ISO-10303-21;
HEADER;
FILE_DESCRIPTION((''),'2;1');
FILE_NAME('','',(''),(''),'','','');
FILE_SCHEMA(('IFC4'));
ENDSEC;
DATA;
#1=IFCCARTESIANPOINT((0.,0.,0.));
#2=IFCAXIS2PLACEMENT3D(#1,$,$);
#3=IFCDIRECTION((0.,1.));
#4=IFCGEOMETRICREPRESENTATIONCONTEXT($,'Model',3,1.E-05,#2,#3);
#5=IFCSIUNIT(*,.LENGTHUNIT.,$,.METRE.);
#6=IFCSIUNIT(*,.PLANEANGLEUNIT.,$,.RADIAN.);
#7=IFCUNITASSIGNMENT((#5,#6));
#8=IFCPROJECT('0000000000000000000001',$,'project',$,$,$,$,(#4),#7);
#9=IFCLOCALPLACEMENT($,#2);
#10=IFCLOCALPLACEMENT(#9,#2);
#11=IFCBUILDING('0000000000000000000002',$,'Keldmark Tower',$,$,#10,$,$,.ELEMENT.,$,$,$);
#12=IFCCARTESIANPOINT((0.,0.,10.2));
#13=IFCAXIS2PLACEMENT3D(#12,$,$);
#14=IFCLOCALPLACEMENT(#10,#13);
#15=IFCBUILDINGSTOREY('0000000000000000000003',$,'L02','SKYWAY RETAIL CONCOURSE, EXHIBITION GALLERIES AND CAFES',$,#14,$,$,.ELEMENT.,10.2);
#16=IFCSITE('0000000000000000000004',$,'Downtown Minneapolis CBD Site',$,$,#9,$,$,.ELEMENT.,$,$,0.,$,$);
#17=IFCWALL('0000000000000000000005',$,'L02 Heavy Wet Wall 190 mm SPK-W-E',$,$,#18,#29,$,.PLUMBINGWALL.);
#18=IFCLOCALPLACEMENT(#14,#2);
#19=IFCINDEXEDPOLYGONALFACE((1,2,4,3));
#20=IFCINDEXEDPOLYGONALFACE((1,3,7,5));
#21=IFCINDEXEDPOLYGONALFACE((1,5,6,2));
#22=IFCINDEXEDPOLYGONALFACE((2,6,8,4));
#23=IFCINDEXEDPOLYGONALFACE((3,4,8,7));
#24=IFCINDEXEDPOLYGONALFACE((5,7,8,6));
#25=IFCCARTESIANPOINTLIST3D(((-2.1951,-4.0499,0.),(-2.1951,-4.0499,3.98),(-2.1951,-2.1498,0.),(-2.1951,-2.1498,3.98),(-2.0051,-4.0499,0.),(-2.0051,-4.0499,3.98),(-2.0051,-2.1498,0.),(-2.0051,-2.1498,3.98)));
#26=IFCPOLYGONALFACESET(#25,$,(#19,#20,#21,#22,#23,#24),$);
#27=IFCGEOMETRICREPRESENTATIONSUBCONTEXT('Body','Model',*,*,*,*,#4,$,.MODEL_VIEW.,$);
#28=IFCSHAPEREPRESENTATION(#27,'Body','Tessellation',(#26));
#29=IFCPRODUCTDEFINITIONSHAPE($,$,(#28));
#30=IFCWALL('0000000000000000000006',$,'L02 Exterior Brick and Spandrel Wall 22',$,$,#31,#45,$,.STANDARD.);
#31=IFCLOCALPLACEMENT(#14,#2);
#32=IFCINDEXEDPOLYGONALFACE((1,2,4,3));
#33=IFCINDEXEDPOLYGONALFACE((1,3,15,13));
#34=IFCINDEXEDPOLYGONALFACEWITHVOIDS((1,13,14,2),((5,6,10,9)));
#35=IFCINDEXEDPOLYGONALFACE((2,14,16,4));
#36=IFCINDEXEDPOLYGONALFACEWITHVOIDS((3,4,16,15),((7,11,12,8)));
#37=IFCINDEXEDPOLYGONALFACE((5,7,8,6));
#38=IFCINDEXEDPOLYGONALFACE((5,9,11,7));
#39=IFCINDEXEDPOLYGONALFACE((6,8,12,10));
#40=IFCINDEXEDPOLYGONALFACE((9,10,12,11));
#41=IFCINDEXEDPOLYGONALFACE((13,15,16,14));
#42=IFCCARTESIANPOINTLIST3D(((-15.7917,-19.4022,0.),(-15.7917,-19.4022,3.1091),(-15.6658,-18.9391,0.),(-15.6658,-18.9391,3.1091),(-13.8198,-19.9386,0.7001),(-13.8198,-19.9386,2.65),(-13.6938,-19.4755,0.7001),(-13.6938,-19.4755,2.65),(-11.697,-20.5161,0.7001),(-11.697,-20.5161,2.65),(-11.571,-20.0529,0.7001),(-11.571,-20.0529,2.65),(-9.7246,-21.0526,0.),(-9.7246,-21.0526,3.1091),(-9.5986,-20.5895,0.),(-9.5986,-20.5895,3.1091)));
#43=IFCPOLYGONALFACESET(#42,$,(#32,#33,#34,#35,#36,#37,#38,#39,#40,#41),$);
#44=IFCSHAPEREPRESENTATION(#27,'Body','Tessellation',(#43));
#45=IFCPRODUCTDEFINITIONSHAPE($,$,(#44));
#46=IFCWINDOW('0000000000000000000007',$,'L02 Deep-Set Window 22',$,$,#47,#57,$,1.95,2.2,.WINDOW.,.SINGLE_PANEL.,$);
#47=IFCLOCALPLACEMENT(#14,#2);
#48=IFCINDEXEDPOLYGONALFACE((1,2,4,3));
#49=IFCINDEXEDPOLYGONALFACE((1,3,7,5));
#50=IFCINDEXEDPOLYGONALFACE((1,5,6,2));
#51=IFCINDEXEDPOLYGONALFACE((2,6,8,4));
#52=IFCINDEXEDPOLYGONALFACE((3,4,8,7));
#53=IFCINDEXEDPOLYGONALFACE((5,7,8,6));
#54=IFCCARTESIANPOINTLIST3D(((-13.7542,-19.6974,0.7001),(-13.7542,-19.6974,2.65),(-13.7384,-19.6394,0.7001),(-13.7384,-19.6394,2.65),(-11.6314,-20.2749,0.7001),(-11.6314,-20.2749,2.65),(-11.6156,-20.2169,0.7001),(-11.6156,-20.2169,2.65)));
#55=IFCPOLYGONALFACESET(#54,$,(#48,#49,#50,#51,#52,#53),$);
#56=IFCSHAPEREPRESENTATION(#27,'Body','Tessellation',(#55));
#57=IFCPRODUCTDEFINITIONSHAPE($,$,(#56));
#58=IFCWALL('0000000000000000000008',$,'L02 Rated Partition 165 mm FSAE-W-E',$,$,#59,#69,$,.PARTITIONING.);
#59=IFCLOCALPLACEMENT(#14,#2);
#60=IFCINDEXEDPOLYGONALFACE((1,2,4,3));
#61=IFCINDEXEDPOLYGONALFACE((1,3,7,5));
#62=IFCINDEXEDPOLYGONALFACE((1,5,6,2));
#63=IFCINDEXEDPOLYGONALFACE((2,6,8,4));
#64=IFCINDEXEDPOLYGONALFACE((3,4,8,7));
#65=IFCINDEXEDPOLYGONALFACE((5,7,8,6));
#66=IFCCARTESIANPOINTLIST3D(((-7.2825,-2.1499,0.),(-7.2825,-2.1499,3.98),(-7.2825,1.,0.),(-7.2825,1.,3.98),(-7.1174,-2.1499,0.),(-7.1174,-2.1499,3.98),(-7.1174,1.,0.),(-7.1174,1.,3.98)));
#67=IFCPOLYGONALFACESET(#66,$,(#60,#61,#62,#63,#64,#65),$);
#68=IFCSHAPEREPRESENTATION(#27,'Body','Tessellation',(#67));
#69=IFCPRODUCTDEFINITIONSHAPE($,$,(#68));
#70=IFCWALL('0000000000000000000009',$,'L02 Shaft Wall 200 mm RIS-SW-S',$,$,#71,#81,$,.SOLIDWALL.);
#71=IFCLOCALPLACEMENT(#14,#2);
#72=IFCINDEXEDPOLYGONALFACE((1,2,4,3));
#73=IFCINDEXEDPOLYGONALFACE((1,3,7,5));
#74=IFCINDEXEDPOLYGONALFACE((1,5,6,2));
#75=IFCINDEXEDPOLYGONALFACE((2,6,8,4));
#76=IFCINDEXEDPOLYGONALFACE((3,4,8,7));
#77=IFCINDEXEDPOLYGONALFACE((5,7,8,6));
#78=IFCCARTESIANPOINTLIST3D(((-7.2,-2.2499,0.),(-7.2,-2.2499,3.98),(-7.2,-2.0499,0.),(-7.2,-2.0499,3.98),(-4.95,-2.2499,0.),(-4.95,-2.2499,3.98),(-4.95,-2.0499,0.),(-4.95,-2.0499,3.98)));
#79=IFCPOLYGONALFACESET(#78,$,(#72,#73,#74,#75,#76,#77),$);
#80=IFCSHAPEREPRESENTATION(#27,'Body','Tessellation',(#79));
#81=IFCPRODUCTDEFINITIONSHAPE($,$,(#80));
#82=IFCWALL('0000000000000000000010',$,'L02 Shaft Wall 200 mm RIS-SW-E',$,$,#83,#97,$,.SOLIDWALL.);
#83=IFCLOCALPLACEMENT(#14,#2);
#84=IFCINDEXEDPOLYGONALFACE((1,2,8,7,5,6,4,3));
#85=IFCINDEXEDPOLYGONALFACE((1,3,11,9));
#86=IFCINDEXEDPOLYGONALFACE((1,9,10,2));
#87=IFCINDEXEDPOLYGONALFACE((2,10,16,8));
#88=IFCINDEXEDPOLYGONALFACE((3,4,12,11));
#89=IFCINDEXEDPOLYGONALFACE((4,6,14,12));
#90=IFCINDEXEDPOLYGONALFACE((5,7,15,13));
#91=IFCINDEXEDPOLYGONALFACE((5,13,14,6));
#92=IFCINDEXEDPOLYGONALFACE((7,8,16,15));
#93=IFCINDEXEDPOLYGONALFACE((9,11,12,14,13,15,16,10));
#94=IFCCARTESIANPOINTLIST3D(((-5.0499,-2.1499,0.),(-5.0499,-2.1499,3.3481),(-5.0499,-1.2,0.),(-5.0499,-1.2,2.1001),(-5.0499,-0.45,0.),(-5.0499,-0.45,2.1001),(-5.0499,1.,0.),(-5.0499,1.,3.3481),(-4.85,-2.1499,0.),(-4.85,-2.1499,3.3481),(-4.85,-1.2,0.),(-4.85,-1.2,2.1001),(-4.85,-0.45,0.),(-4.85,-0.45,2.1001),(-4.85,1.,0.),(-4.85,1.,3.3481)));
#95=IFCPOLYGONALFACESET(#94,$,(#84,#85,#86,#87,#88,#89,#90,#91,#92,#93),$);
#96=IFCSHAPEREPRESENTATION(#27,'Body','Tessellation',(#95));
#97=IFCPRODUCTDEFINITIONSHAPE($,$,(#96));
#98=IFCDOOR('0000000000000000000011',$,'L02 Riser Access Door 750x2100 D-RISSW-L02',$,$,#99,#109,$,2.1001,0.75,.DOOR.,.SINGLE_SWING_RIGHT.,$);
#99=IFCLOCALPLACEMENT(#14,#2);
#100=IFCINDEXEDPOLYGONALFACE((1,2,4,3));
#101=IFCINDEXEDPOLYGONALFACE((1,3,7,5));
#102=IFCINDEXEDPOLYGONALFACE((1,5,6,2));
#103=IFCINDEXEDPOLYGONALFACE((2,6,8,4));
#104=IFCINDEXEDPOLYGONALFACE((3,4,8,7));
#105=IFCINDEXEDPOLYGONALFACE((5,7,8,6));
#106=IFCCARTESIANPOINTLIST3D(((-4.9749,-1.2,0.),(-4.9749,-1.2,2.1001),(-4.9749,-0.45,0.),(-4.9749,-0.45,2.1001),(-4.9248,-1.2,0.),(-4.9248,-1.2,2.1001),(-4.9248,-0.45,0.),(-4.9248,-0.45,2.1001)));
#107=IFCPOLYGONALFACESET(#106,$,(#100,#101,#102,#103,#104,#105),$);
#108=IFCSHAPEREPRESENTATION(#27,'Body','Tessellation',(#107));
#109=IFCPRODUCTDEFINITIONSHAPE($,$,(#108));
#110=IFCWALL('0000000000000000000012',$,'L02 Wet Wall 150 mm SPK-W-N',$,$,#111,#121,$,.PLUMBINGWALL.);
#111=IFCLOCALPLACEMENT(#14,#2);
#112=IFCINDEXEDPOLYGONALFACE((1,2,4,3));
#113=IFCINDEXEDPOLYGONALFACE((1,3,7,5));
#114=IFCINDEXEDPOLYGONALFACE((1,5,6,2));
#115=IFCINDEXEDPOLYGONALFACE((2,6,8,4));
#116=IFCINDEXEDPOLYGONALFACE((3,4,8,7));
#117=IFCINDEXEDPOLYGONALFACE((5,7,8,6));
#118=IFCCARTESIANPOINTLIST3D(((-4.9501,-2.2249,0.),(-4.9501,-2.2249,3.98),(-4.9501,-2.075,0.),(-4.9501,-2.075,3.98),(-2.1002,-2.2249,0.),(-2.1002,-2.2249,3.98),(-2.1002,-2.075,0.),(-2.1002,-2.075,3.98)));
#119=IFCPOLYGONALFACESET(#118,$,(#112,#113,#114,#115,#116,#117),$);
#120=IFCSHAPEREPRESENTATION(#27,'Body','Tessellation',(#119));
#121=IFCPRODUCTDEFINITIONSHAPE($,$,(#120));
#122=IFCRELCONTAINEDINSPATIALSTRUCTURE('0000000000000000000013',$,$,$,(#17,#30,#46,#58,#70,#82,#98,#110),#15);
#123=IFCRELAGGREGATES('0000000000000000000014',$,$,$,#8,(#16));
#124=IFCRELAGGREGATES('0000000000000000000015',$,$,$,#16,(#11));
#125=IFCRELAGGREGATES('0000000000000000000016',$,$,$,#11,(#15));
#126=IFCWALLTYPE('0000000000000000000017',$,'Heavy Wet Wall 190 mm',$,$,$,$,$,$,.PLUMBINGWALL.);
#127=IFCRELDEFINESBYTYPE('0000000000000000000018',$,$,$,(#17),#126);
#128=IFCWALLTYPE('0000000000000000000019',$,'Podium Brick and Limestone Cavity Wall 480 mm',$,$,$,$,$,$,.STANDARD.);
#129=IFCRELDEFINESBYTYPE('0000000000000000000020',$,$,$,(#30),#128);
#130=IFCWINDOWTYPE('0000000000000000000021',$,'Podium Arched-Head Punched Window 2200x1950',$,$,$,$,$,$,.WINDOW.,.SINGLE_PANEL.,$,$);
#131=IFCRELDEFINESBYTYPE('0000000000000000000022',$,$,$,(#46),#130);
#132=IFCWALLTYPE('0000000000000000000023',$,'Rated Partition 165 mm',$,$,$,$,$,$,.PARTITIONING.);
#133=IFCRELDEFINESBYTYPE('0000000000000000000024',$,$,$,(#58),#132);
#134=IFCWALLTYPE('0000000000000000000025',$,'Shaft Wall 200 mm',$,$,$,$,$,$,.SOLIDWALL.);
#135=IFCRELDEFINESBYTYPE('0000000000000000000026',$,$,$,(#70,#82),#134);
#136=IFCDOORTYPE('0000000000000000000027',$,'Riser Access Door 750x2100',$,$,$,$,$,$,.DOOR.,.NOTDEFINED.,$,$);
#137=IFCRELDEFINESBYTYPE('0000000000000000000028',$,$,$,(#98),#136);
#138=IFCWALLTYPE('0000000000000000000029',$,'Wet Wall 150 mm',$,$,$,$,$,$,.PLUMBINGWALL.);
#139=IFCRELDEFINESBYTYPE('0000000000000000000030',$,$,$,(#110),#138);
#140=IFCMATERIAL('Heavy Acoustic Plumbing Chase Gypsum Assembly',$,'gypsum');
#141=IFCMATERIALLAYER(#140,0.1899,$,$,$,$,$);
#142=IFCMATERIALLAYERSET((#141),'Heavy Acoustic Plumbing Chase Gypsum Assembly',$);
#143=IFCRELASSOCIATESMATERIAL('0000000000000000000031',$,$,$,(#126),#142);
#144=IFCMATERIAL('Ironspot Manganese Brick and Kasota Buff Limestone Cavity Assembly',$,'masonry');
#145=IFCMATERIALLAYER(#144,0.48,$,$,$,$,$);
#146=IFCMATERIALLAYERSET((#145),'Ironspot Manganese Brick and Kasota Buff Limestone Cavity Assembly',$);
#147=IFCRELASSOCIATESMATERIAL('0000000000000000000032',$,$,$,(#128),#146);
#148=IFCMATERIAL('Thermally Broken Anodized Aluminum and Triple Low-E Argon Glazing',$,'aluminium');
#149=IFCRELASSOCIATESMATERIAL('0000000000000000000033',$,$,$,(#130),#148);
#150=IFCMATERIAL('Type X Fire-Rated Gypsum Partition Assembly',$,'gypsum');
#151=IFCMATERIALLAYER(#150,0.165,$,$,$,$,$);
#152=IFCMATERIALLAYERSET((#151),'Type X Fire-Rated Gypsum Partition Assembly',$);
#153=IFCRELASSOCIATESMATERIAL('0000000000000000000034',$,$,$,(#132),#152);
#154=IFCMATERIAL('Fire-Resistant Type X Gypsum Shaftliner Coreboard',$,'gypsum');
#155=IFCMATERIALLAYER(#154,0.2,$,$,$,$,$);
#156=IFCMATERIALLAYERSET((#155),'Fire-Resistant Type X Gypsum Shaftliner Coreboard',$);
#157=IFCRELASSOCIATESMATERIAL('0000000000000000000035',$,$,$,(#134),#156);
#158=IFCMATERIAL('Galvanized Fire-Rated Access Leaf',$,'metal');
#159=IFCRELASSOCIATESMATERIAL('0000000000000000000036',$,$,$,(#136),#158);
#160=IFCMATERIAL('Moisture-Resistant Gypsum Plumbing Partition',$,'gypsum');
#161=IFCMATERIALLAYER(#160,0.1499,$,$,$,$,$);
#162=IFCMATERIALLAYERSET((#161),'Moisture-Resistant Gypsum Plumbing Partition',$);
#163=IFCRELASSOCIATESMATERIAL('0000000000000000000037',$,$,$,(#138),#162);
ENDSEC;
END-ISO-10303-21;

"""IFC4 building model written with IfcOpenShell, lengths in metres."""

from ifc_helpers import new_model, si_unit, direction, frame, frame_2d, origin, place, context, subcontext, project, spatial, rectangle, extrude, material, layer, layer_set, type_object, element, fill, save


model = new_model("IFC4")

# Units and contexts
model_context = context("Model", 3, precision=1e-05, world=origin(), true_north=direction((0.0, 1.0)))
body_context = subcontext(model_context, "Body", "Model", "MODEL_VIEW")
ifc_project = project(units=[si_unit("LENGTHUNIT", "METRE"), si_unit("PLANEANGLEUNIT", "RADIAN")], contexts=[model_context])

# Site, building, storey
site_placement = place(None, origin())
site = spatial("IfcSite", under=ifc_project, at=site_placement, Name="Downtown Minneapolis CBD Site", CompositionType="ELEMENT", RefElevation=0.0)
building_placement = place(site_placement, origin())
building = spatial("IfcBuilding", under=site, at=building_placement, Name="Keldmark Tower", CompositionType="ELEMENT")
storey_placement = place(building_placement, frame((0.0, 0.0, 10.2)))
storey = spatial("IfcBuildingStorey", under=building, at=storey_placement, Name="L02", Description="SKYWAY RETAIL CONCOURSE, EXHIBITION GALLERIES AND CAFES", CompositionType="ELEMENT", Elevation=10.2)

# Wall
ifc_material_1 = material(Name="Heavy Acoustic Plumbing Chase Gypsum Assembly", Category="gypsum")
ifc_layer_1 = layer(ifc_material_1, 0.1899)
ifc_layer_set_1 = layer_set([ifc_layer_1], Name="Heavy Acoustic Plumbing Chase Gypsum Assembly")
wall_type_1 = type_object("IfcWallType", Name="Heavy Wet Wall 190 mm", PredefinedType="PLUMBINGWALL", material=ifc_layer_set_1)
wall_1_placement = place(storey_placement, frame((-2.1001, -4.05, 0.0), z_axis=(0.0, 0.0, 1.0), x_axis=(0.0, 1.0, 0.0)))
element("IfcWall", 1, at=wall_1_placement, inside=storey, type_object=wall_type_1, Name="L02 Heavy Wet Wall 190 mm SPK-W-E", PredefinedType="PLUMBINGWALL", context=body_context, shape_type="SweptSolid", body=[
    extrude(rectangle(XDim=1.9001, YDim=0.1899, at=frame_2d((0.9502, 0.0))), origin(), (0.0, 0.0, 1.0), 3.98),
])

# Wall, opening, window
ifc_material_2 = material(Name="Ironspot Manganese Brick and Kasota Buff Limestone Cavity Assembly", Category="masonry")
ifc_layer_2 = layer(ifc_material_2, 0.48)
ifc_layer_set_2 = layer_set([ifc_layer_2], Name="Ironspot Manganese Brick and Kasota Buff Limestone Cavity Assembly")
wall_type_2 = type_object("IfcWallType", Name="Podium Brick and Limestone Cavity Wall 480 mm", PredefinedType="STANDARD", material=ifc_layer_set_2)
wall_2_placement = place(storey_placement, frame((-9.6616, -20.821, 0.0), z_axis=(0.0, 0.0, 1.0), x_axis=(-0.964937, 0.262483, 0.0)))
wall_2 = element("IfcWall", 2, at=wall_2_placement, inside=storey, type_object=wall_type_2, Name="L02 Exterior Brick and Spandrel Wall 22", PredefinedType="STANDARD", context=body_context, shape_type="SweptSolid", body=[
    extrude(rectangle(XDim=6.2876, YDim=0.48, at=frame_2d((3.1438, 0.0))), origin(), (0.0, 0.0, 1.0), 3.1091),
])
opening_1_placement = place(wall_2_placement, frame((2.0439, 0.0, 0.7)))
opening_1 = element("IfcOpeningElement", 3, at=opening_1_placement, cuts=wall_2, PredefinedType="OPENING", context=body_context, shape_type="SweptSolid", body=[
    extrude(rectangle(XDim=2.2, YDim=1.95, at=frame_2d((1.1001, 0.9751))), frame((0.0, 0.25, 0.0), z_axis=(0.0, -1.0, 0.0), x_axis=(1.0, 0.0, 0.0)), (0.0, 0.0, 1.0), 0.5),
])
ifc_material_3 = material(Name="Thermally Broken Anodized Aluminum and Triple Low-E Argon Glazing", Category="aluminium")
window_type = type_object("IfcWindowType", Name="Podium Arched-Head Punched Window 2200x1950", PartitioningType="SINGLE_PANEL", PredefinedType="WINDOW", material=ifc_material_3)
window_placement = place(opening_1_placement, origin())
window = element("IfcWindow", 4, at=window_placement, inside=storey, type_object=window_type, Name="L02 Deep-Set Window 22", OverallHeight=1.95, OverallWidth=2.2, PartitioningType="SINGLE_PANEL", PredefinedType="WINDOW", context=body_context, shape_type="SweptSolid", body=[
    extrude(rectangle(XDim=2.2, YDim=1.95, at=frame_2d((1.1001, 0.9751))), frame((0.0, -0.01, 0.0), z_axis=(0.0, -1.0, 0.0), x_axis=(1.0, 0.0, 0.0)), (0.0, 0.0, 1.0), 0.0601),
])
fill(opening_1, window)

# Walls
ifc_material_4 = material(Name="Type X Fire-Rated Gypsum Partition Assembly", Category="gypsum")
ifc_layer_3 = layer(ifc_material_4, 0.165)
ifc_layer_set_3 = layer_set([ifc_layer_3], Name="Type X Fire-Rated Gypsum Partition Assembly")
wall_type_3 = type_object("IfcWallType", Name="Rated Partition 165 mm", PredefinedType="PARTITIONING", material=ifc_layer_set_3)
wall_3_placement = place(storey_placement, frame((-7.2, -2.1499, 0.0), z_axis=(0.0, 0.0, 1.0), x_axis=(0.0, 1.0, 0.0)))
element("IfcWall", 5, at=wall_3_placement, inside=storey, type_object=wall_type_3, Name="L02 Rated Partition 165 mm FSAE-W-E", PredefinedType="PARTITIONING", context=body_context, shape_type="SweptSolid", body=[
    extrude(rectangle(XDim=3.1499, YDim=0.165, at=frame_2d((1.575, 0.0))), origin(), (0.0, 0.0, 1.0), 3.98),
])
ifc_material_5 = material(Name="Fire-Resistant Type X Gypsum Shaftliner Coreboard", Category="gypsum")
ifc_layer_4 = layer(ifc_material_5, 0.2)
ifc_layer_set_4 = layer_set([ifc_layer_4], Name="Fire-Resistant Type X Gypsum Shaftliner Coreboard")
wall_type_4 = type_object("IfcWallType", Name="Shaft Wall 200 mm", PredefinedType="SOLIDWALL", material=ifc_layer_set_4)
wall_4_placement = place(storey_placement, frame((-7.2, -2.1499, 0.0), z_axis=(0.0, 0.0, 1.0), x_axis=(1.0, 0.0, 0.0)))
element("IfcWall", 6, at=wall_4_placement, inside=storey, type_object=wall_type_4, Name="L02 Shaft Wall 200 mm RIS-SW-S", PredefinedType="SOLIDWALL", context=body_context, shape_type="SweptSolid", body=[
    extrude(rectangle(XDim=2.25, YDim=0.2, at=frame_2d((1.125, 0.0))), origin(), (0.0, 0.0, 1.0), 3.98),
])

# Wall, opening, door
wall_5_placement = place(storey_placement, frame((-4.95, -2.1499, 0.0), z_axis=(0.0, 0.0, 1.0), x_axis=(0.0, 1.0, 0.0)))
wall_5 = element("IfcWall", 7, at=wall_5_placement, inside=storey, type_object=wall_type_4, Name="L02 Shaft Wall 200 mm RIS-SW-E", PredefinedType="SOLIDWALL", context=body_context, shape_type="SweptSolid", body=[
    extrude(rectangle(XDim=3.1499, YDim=0.2, at=frame_2d((1.575, 0.0))), origin(), (0.0, 0.0, 1.0), 3.3481),
])
opening_2_placement = place(wall_5_placement, frame((0.95, 0.0, 0.0)))
opening_2 = element("IfcOpeningElement", 8, at=opening_2_placement, cuts=wall_5, PredefinedType="OPENING", context=body_context, shape_type="SweptSolid", body=[
    extrude(rectangle(XDim=0.75, YDim=2.1001, at=frame_2d((0.375, 1.05))), frame((0.0, 0.1099, 0.0), z_axis=(0.0, -1.0, 0.0), x_axis=(1.0, 0.0, 0.0)), (0.0, 0.0, 1.0), 0.22),
])
ifc_material_6 = material(Name="Galvanized Fire-Rated Access Leaf", Category="metal")
door_type = type_object("IfcDoorType", Name="Riser Access Door 750x2100", OperationType="NOTDEFINED", PredefinedType="DOOR", material=ifc_material_6)
door_placement = place(opening_2_placement, origin())
door = element("IfcDoor", 9, at=door_placement, inside=storey, type_object=door_type, Name="L02 Riser Access Door 750x2100 D-RISSW-L02", OperationType="SINGLE_SWING_RIGHT", OverallHeight=2.1001, OverallWidth=0.75, PredefinedType="DOOR", context=body_context, shape_type="SweptSolid", body=[
    extrude(rectangle(XDim=0.75, YDim=2.1001, at=frame_2d((0.375, 1.05))), frame((0.0, 0.0249, 0.0), z_axis=(0.0, -1.0, 0.0), x_axis=(1.0, 0.0, 0.0)), (0.0, 0.0, 1.0), 0.05),
])
fill(opening_2, door)

# Wall
ifc_material_7 = material(Name="Moisture-Resistant Gypsum Plumbing Partition", Category="gypsum")
ifc_layer_5 = layer(ifc_material_7, 0.1499)
ifc_layer_set_5 = layer_set([ifc_layer_5], Name="Moisture-Resistant Gypsum Plumbing Partition")
wall_type_5 = type_object("IfcWallType", Name="Wet Wall 150 mm", PredefinedType="PLUMBINGWALL", material=ifc_layer_set_5)
wall_6_placement = place(storey_placement, frame((-4.95, -2.1499, 0.0), z_axis=(0.0, 0.0, 1.0), x_axis=(1.0, 0.0, 0.0)))
element("IfcWall", 10, at=wall_6_placement, inside=storey, type_object=wall_type_5, Name="L02 Wet Wall 150 mm SPK-W-N", PredefinedType="PLUMBINGWALL", context=body_context, shape_type="SweptSolid", body=[
    extrude(rectangle(XDim=2.8499, YDim=0.1499, at=frame_2d((1.4248, 0.0))), origin(), (0.0, 0.0, 1.0), 3.98),
])

save(model, "model.ifc")
